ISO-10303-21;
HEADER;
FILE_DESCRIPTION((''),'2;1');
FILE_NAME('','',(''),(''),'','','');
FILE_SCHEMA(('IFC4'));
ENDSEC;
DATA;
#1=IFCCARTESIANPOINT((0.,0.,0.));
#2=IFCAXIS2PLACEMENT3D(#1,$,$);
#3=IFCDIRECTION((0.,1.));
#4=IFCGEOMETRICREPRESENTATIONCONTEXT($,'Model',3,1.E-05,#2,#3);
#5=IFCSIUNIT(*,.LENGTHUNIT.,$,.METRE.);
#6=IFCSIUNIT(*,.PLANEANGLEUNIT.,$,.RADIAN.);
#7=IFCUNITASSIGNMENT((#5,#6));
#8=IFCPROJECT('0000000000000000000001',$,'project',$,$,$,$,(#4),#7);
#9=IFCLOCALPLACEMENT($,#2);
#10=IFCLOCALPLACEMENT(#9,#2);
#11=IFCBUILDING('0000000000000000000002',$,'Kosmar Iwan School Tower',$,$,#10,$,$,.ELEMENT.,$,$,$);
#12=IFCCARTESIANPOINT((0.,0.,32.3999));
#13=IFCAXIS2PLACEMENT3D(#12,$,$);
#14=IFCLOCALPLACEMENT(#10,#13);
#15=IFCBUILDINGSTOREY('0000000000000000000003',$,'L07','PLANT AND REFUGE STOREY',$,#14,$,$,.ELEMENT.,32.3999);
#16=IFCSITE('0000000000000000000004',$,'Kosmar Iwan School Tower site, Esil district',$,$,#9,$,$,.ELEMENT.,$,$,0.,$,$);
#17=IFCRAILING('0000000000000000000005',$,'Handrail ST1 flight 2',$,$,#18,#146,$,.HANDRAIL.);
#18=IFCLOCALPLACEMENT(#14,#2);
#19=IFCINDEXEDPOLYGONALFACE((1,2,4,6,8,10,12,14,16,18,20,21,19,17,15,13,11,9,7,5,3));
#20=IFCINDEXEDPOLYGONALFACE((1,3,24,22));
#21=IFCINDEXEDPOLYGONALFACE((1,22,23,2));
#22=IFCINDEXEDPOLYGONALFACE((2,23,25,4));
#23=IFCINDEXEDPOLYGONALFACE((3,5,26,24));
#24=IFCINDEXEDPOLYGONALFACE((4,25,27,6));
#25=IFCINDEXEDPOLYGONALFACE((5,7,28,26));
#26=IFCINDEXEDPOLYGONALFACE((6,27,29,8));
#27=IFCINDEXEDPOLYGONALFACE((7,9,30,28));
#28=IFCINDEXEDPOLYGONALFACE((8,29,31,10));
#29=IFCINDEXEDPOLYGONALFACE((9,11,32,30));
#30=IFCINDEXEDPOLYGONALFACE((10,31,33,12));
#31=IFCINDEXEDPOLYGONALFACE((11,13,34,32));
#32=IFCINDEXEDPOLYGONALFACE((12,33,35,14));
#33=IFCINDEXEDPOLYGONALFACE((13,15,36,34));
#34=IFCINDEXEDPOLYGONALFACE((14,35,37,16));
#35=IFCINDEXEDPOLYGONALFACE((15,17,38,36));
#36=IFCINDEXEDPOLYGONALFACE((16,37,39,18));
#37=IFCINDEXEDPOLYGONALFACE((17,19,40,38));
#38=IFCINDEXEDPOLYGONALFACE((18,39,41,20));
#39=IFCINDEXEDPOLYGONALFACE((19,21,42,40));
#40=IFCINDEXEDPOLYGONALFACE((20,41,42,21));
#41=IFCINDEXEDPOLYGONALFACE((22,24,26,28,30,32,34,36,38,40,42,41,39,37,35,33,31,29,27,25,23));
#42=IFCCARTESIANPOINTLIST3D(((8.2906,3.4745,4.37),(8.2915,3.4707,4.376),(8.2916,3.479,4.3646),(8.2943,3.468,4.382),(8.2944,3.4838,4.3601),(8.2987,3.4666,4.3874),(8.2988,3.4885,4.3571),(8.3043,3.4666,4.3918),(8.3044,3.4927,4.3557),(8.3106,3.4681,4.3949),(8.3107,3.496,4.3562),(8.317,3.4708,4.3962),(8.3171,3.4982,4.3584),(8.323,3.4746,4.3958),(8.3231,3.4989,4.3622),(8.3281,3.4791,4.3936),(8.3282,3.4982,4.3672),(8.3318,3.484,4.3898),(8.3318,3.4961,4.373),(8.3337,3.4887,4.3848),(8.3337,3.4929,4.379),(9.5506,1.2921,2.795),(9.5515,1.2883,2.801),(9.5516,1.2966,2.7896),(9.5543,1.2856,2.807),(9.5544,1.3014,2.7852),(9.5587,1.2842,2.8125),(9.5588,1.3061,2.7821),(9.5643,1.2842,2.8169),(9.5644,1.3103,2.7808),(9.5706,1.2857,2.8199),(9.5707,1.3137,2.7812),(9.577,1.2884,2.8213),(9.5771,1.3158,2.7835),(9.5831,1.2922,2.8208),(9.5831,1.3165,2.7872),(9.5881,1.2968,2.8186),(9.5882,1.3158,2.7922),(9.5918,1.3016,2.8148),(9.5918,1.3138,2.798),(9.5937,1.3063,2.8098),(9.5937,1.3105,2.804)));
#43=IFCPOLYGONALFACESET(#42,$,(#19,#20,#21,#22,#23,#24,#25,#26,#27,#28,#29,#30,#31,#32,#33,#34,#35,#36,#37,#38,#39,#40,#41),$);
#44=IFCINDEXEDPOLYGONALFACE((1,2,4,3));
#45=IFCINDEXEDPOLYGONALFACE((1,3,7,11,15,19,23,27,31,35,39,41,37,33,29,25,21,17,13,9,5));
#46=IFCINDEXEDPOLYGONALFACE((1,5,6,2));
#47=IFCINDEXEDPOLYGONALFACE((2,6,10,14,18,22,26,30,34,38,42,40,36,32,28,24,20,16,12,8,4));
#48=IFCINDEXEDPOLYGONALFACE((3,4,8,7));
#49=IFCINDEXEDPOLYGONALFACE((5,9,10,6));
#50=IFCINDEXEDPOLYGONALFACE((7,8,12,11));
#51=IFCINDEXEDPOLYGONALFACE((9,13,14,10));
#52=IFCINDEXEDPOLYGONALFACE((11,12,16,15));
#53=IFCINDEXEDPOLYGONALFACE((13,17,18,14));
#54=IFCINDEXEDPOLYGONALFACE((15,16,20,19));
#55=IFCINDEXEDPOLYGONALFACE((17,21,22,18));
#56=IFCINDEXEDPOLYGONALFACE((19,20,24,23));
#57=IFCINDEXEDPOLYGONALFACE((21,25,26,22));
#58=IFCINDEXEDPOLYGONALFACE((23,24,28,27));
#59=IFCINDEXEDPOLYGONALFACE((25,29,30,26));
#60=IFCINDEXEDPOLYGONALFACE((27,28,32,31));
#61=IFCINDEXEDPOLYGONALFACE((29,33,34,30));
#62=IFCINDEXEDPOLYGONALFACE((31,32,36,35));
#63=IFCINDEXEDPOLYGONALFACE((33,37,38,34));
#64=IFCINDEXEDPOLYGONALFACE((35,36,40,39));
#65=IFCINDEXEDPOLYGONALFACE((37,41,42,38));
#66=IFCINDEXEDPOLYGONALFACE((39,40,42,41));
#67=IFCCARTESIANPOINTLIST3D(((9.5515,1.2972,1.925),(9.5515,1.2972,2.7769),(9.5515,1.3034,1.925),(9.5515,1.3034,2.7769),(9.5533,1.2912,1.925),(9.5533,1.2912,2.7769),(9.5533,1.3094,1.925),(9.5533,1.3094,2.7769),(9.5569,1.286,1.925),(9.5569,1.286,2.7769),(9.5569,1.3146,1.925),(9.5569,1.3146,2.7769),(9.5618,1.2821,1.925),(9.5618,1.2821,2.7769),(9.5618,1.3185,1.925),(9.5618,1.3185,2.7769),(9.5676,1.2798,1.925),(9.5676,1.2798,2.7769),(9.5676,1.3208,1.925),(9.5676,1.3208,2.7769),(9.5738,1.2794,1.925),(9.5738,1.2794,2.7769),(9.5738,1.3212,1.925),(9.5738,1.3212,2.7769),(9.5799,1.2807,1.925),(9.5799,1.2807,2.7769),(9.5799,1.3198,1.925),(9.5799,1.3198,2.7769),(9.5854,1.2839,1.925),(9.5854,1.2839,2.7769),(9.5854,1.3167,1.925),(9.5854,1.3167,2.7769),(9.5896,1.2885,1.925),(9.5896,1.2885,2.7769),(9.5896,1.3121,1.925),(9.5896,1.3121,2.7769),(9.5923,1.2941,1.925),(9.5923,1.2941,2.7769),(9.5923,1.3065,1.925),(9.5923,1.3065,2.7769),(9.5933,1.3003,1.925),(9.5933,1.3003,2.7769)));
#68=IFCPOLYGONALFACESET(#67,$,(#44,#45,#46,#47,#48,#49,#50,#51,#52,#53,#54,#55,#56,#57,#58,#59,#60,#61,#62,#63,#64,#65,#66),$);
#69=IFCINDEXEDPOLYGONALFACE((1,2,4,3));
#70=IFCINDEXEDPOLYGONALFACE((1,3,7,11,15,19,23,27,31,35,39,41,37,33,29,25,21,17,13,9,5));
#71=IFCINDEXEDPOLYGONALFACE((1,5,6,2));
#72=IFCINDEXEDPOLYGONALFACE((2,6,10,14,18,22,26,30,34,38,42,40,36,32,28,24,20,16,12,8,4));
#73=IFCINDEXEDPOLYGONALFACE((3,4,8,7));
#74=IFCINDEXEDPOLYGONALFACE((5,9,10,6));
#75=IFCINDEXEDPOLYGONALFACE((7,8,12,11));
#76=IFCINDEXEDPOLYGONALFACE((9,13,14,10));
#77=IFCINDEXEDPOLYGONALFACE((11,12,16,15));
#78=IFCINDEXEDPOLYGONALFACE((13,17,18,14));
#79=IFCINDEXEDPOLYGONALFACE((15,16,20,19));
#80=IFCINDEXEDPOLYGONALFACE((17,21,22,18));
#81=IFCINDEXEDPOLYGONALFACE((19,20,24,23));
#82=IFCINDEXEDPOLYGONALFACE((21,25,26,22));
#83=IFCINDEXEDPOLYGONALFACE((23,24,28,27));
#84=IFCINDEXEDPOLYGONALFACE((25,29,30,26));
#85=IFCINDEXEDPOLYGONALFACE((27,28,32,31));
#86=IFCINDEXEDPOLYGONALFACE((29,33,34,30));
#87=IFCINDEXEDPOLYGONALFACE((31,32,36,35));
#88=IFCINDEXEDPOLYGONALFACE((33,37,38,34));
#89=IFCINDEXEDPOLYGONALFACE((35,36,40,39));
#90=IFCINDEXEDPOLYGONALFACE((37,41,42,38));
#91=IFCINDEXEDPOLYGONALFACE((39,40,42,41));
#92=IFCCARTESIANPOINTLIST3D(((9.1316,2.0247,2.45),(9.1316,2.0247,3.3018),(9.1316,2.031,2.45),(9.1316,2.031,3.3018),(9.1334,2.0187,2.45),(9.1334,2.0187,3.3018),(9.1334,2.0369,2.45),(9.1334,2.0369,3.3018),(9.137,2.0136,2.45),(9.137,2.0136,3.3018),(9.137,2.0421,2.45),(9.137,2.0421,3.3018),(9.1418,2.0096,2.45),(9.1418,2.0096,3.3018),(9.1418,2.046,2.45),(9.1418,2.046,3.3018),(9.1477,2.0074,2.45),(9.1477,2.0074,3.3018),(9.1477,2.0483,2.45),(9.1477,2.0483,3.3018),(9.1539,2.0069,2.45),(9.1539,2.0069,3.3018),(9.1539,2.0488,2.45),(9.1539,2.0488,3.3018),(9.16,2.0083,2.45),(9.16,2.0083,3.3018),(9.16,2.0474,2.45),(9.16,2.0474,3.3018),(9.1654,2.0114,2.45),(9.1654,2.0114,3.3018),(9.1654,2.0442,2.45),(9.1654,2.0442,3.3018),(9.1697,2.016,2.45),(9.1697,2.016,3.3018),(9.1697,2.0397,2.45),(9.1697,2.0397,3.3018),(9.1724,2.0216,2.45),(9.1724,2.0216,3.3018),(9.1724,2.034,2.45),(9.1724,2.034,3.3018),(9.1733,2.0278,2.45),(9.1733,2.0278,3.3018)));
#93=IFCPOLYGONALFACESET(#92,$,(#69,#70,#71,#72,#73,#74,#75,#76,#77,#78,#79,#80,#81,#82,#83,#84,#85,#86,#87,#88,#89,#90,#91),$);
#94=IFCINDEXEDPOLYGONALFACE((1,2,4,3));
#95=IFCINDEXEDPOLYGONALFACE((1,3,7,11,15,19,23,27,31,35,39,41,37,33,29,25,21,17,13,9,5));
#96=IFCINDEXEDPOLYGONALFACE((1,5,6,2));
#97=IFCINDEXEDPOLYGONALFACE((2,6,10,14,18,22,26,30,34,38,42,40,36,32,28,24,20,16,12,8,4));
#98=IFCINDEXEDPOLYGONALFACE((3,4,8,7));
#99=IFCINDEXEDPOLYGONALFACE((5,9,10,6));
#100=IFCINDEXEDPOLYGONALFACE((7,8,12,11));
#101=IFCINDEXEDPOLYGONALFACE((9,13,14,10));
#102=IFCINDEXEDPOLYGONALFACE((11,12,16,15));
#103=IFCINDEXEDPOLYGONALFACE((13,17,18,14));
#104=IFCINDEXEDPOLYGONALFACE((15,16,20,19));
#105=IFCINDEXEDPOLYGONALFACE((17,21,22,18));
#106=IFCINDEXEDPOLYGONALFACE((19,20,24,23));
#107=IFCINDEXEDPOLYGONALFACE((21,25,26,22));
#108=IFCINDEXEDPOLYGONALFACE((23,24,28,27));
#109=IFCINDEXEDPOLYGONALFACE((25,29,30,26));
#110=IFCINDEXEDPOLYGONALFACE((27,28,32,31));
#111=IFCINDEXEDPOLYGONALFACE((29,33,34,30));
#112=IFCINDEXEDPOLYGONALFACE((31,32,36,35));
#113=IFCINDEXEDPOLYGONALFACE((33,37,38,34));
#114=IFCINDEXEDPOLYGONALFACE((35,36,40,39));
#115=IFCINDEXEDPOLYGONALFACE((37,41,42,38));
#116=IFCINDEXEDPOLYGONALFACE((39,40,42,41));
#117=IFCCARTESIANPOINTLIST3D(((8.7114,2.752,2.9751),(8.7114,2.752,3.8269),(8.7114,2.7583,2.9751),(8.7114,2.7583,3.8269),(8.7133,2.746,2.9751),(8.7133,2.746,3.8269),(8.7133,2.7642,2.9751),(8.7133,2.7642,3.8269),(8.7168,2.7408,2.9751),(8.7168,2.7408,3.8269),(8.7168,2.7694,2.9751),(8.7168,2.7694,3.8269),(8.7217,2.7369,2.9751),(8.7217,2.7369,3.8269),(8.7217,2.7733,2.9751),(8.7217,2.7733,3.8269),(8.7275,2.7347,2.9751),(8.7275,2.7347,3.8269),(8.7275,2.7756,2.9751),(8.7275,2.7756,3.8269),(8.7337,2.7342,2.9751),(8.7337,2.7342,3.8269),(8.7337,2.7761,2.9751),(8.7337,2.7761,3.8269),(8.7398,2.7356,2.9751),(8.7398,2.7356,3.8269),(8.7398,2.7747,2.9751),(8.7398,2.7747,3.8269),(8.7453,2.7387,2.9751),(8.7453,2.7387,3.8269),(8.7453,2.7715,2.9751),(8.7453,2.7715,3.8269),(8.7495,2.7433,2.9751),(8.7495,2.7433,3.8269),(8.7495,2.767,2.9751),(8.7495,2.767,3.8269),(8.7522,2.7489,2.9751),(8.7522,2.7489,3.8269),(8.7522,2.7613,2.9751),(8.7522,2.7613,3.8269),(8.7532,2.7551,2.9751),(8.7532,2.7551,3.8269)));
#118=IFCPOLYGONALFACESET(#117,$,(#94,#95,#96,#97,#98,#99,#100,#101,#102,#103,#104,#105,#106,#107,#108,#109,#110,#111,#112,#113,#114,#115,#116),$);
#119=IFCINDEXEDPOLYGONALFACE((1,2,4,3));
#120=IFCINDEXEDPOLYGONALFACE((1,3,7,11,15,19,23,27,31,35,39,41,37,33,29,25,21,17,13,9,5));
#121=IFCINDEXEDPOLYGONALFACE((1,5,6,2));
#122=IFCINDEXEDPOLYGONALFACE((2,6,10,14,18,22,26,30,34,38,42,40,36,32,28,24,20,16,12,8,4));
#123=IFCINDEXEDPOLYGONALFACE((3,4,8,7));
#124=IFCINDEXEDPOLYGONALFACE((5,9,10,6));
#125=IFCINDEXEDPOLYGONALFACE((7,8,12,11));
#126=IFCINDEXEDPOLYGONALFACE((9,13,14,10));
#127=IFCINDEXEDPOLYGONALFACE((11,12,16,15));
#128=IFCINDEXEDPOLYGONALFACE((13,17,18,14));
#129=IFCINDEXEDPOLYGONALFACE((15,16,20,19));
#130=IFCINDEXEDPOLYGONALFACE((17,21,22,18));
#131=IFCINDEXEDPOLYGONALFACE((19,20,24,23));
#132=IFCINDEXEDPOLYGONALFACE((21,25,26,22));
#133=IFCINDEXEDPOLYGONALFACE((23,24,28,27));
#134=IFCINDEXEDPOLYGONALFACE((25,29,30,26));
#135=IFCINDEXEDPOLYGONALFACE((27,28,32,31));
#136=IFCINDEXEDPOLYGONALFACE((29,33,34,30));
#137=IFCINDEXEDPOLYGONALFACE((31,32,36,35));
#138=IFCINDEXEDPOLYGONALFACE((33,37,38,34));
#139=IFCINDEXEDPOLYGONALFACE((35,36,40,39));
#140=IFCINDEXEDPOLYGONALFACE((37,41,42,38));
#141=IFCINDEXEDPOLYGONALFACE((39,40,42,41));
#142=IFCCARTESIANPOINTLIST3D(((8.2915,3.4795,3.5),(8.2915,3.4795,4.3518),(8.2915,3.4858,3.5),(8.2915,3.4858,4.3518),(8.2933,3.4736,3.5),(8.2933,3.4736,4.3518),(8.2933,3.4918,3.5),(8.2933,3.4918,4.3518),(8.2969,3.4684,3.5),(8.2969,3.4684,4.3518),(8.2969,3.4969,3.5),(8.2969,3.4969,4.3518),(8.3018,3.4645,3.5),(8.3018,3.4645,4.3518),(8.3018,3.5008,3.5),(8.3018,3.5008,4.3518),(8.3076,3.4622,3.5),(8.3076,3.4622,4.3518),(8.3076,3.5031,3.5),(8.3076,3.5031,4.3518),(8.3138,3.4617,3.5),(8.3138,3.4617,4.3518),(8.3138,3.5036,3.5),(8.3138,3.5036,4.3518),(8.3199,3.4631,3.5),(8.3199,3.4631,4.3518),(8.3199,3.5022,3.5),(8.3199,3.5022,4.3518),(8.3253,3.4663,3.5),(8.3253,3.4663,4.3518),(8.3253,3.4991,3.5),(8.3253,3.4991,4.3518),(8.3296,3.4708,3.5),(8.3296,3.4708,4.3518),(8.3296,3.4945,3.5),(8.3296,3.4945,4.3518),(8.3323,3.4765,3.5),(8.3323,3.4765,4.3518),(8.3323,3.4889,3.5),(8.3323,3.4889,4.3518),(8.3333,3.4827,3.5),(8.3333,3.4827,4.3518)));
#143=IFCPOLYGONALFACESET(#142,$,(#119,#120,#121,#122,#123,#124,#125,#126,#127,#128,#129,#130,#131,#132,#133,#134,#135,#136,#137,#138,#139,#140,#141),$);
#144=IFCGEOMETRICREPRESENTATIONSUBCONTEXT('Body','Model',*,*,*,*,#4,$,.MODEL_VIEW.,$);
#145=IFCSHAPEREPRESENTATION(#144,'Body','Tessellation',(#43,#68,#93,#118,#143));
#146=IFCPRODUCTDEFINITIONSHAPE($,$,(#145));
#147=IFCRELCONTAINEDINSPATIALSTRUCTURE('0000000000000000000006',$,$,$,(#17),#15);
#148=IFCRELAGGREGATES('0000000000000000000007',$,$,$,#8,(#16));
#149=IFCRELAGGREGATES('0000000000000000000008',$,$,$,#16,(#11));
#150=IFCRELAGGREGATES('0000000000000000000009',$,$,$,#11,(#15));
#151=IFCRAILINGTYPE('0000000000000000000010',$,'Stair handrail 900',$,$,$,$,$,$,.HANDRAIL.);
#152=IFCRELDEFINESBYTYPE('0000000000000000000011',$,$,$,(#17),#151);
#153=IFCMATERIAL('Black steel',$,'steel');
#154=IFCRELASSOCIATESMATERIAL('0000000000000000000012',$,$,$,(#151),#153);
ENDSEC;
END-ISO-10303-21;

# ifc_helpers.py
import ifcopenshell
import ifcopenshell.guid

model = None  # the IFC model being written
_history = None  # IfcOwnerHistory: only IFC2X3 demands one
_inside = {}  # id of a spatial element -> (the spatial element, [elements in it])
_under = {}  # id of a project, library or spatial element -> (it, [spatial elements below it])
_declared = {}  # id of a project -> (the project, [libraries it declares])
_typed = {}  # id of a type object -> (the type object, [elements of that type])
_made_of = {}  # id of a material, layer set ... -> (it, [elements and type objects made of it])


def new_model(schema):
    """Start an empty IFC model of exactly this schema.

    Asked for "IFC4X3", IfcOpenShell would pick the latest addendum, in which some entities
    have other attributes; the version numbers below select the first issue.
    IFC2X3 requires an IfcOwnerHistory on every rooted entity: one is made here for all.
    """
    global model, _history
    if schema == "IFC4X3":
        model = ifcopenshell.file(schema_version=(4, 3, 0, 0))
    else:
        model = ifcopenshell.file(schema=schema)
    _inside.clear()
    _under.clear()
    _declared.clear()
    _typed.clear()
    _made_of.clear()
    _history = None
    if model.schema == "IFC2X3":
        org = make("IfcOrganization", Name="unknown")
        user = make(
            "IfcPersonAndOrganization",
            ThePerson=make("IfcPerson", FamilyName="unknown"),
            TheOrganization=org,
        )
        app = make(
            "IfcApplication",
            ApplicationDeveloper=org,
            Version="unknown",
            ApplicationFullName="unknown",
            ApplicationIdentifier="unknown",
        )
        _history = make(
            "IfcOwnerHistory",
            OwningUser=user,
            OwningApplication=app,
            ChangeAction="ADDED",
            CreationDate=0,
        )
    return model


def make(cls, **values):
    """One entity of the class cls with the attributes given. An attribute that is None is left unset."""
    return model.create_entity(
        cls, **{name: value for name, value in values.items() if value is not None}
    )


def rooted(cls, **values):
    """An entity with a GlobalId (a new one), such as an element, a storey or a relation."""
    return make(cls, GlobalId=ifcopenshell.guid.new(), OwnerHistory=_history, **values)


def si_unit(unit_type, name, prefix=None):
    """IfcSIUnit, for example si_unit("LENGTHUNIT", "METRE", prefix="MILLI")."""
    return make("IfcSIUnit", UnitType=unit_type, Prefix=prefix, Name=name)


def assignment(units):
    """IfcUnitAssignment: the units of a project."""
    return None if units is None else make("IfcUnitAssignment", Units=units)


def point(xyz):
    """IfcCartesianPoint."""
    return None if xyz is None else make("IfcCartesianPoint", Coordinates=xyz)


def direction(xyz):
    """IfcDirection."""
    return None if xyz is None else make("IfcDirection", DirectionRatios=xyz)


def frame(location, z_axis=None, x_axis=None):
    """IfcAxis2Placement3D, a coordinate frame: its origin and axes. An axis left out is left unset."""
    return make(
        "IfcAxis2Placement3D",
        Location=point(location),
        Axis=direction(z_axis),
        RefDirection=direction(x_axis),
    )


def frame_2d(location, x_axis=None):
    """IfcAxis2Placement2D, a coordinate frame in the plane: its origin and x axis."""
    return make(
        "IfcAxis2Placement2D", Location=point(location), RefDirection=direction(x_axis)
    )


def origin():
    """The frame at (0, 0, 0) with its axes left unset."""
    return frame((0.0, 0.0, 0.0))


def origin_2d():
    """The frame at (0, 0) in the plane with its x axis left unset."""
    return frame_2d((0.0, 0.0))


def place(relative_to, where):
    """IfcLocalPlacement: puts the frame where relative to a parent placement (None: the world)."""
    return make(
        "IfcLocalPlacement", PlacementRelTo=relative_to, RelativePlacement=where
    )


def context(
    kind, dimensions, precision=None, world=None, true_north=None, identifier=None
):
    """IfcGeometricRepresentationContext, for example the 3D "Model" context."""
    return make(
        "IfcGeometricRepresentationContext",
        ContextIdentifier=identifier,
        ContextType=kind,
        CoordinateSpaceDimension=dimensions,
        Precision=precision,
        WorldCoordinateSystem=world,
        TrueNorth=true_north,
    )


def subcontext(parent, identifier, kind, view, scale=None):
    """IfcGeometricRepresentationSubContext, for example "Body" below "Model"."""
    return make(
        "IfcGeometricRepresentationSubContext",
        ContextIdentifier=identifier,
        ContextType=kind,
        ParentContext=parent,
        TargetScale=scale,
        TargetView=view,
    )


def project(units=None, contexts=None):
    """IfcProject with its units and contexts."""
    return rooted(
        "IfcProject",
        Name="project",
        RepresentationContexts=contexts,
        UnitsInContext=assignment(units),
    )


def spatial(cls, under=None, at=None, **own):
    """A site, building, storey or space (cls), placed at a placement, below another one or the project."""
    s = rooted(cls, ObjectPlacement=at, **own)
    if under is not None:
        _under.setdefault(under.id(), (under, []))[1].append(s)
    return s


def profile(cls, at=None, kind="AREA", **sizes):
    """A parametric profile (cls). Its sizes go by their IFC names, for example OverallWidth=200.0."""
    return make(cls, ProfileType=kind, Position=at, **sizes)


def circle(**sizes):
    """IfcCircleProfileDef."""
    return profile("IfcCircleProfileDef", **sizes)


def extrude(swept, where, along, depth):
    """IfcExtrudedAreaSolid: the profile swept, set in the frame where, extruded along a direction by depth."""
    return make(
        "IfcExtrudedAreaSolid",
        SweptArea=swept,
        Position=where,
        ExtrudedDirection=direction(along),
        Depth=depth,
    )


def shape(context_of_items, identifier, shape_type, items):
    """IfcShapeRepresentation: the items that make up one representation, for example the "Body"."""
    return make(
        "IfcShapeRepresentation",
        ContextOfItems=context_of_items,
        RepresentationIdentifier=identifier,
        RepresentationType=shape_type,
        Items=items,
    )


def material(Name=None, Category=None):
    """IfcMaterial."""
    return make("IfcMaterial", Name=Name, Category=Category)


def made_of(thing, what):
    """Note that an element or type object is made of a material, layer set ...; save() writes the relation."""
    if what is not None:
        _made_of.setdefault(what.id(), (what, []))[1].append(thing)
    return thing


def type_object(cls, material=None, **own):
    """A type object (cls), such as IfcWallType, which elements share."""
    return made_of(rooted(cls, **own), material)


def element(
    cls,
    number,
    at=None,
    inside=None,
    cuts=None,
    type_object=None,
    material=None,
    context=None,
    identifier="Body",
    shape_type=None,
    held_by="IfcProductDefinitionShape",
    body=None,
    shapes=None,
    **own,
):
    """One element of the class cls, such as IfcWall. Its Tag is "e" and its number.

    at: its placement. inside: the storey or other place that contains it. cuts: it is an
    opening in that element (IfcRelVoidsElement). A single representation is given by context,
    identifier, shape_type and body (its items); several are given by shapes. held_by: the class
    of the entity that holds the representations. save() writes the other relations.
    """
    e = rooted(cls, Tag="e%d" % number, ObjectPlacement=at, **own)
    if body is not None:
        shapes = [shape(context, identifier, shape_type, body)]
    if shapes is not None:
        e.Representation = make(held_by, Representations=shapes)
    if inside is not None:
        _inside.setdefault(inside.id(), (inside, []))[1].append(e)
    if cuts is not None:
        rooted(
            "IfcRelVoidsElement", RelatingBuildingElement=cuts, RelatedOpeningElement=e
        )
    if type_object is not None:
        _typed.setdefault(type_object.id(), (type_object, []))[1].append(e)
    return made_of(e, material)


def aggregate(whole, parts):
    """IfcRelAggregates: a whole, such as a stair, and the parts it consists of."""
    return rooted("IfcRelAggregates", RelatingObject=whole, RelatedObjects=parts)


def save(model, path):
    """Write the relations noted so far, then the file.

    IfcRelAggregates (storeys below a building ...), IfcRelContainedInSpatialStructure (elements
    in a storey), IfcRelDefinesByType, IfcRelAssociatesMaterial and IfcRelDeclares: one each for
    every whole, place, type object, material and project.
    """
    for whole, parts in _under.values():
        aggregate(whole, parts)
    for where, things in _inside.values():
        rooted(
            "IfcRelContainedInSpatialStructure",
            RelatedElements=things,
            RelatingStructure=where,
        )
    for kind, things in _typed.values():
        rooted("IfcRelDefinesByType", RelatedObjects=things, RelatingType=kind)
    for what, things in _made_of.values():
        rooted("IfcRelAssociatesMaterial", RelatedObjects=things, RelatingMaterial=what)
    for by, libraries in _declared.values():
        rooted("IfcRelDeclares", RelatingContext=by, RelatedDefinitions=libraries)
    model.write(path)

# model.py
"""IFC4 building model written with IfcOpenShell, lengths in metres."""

from ifc_helpers import new_model, si_unit, direction, frame, origin, origin_2d, place, context, subcontext, project, spatial, circle, extrude, material, type_object, element, save


model = new_model("IFC4")

# Units and contexts
model_context = context("Model", 3, precision=1e-05, world=origin(), true_north=direction((0.0, 1.0)))
body_context = subcontext(model_context, "Body", "Model", "MODEL_VIEW")
ifc_project = project(units=[si_unit("LENGTHUNIT", "METRE"), si_unit("PLANEANGLEUNIT", "RADIAN")], contexts=[model_context])

# Site, building, storey
site_placement = place(None, origin())
site = spatial("IfcSite", under=ifc_project, at=site_placement, Name="Kosmar Iwan School Tower site, Esil district", CompositionType="ELEMENT", RefElevation=0.0)
building_placement = place(site_placement, origin())
building = spatial("IfcBuilding", under=site, at=building_placement, Name="Kosmar Iwan School Tower", CompositionType="ELEMENT")
storey_placement = place(building_placement, frame((0.0, 0.0, 32.3999)))
storey = spatial("IfcBuildingStorey", under=building, at=storey_placement, Name="L07", Description="PLANT AND REFUGE STOREY", CompositionType="ELEMENT", Elevation=32.3999)

# Railing
ifc_material_1 = material(Name="Black steel", Category="steel")
railing_type = type_object("IfcRailingType", Name="Stair handrail 900", PredefinedType="HANDRAIL", material=ifc_material_1)
for number, where, name in (
    (1, (9.5723, 1.3003, 1.925), "Handrail ST1 flight 2"),
):
    element("IfcRailing", number, at=place(storey_placement, frame(where)), inside=storey, type_object=railing_type, Name=name, PredefinedType="HANDRAIL", context=body_context, shape_type="SweptSolid", body=[
        extrude(circle(Radius=0.0239, at=origin_2d()), frame((0.0, 0.0, 0.876), z_axis=(-0.424007, 0.734392, 0.529988), x_axis=(-0.866023, -0.500005, 0.0)), (0.0, 0.0, 1.0), 2.9717),
        extrude(circle(Radius=0.021, at=origin_2d()), origin(), (0.0, 0.0, 1.0), 0.8518),
        extrude(circle(Radius=0.021, at=origin_2d()), frame((-0.4199, 0.7275, 0.5249)), (0.0, 0.0, 1.0), 0.8518),
        extrude(circle(Radius=0.021, at=origin_2d()), frame((-0.8401, 1.4548, 1.05)), (0.0, 0.0, 1.0), 0.8518),
        extrude(circle(Radius=0.021, at=origin_2d()), frame((-1.26, 2.1824, 1.575)), (0.0, 0.0, 1.0), 0.8518),
    ])

save(model, "model.ifc")
